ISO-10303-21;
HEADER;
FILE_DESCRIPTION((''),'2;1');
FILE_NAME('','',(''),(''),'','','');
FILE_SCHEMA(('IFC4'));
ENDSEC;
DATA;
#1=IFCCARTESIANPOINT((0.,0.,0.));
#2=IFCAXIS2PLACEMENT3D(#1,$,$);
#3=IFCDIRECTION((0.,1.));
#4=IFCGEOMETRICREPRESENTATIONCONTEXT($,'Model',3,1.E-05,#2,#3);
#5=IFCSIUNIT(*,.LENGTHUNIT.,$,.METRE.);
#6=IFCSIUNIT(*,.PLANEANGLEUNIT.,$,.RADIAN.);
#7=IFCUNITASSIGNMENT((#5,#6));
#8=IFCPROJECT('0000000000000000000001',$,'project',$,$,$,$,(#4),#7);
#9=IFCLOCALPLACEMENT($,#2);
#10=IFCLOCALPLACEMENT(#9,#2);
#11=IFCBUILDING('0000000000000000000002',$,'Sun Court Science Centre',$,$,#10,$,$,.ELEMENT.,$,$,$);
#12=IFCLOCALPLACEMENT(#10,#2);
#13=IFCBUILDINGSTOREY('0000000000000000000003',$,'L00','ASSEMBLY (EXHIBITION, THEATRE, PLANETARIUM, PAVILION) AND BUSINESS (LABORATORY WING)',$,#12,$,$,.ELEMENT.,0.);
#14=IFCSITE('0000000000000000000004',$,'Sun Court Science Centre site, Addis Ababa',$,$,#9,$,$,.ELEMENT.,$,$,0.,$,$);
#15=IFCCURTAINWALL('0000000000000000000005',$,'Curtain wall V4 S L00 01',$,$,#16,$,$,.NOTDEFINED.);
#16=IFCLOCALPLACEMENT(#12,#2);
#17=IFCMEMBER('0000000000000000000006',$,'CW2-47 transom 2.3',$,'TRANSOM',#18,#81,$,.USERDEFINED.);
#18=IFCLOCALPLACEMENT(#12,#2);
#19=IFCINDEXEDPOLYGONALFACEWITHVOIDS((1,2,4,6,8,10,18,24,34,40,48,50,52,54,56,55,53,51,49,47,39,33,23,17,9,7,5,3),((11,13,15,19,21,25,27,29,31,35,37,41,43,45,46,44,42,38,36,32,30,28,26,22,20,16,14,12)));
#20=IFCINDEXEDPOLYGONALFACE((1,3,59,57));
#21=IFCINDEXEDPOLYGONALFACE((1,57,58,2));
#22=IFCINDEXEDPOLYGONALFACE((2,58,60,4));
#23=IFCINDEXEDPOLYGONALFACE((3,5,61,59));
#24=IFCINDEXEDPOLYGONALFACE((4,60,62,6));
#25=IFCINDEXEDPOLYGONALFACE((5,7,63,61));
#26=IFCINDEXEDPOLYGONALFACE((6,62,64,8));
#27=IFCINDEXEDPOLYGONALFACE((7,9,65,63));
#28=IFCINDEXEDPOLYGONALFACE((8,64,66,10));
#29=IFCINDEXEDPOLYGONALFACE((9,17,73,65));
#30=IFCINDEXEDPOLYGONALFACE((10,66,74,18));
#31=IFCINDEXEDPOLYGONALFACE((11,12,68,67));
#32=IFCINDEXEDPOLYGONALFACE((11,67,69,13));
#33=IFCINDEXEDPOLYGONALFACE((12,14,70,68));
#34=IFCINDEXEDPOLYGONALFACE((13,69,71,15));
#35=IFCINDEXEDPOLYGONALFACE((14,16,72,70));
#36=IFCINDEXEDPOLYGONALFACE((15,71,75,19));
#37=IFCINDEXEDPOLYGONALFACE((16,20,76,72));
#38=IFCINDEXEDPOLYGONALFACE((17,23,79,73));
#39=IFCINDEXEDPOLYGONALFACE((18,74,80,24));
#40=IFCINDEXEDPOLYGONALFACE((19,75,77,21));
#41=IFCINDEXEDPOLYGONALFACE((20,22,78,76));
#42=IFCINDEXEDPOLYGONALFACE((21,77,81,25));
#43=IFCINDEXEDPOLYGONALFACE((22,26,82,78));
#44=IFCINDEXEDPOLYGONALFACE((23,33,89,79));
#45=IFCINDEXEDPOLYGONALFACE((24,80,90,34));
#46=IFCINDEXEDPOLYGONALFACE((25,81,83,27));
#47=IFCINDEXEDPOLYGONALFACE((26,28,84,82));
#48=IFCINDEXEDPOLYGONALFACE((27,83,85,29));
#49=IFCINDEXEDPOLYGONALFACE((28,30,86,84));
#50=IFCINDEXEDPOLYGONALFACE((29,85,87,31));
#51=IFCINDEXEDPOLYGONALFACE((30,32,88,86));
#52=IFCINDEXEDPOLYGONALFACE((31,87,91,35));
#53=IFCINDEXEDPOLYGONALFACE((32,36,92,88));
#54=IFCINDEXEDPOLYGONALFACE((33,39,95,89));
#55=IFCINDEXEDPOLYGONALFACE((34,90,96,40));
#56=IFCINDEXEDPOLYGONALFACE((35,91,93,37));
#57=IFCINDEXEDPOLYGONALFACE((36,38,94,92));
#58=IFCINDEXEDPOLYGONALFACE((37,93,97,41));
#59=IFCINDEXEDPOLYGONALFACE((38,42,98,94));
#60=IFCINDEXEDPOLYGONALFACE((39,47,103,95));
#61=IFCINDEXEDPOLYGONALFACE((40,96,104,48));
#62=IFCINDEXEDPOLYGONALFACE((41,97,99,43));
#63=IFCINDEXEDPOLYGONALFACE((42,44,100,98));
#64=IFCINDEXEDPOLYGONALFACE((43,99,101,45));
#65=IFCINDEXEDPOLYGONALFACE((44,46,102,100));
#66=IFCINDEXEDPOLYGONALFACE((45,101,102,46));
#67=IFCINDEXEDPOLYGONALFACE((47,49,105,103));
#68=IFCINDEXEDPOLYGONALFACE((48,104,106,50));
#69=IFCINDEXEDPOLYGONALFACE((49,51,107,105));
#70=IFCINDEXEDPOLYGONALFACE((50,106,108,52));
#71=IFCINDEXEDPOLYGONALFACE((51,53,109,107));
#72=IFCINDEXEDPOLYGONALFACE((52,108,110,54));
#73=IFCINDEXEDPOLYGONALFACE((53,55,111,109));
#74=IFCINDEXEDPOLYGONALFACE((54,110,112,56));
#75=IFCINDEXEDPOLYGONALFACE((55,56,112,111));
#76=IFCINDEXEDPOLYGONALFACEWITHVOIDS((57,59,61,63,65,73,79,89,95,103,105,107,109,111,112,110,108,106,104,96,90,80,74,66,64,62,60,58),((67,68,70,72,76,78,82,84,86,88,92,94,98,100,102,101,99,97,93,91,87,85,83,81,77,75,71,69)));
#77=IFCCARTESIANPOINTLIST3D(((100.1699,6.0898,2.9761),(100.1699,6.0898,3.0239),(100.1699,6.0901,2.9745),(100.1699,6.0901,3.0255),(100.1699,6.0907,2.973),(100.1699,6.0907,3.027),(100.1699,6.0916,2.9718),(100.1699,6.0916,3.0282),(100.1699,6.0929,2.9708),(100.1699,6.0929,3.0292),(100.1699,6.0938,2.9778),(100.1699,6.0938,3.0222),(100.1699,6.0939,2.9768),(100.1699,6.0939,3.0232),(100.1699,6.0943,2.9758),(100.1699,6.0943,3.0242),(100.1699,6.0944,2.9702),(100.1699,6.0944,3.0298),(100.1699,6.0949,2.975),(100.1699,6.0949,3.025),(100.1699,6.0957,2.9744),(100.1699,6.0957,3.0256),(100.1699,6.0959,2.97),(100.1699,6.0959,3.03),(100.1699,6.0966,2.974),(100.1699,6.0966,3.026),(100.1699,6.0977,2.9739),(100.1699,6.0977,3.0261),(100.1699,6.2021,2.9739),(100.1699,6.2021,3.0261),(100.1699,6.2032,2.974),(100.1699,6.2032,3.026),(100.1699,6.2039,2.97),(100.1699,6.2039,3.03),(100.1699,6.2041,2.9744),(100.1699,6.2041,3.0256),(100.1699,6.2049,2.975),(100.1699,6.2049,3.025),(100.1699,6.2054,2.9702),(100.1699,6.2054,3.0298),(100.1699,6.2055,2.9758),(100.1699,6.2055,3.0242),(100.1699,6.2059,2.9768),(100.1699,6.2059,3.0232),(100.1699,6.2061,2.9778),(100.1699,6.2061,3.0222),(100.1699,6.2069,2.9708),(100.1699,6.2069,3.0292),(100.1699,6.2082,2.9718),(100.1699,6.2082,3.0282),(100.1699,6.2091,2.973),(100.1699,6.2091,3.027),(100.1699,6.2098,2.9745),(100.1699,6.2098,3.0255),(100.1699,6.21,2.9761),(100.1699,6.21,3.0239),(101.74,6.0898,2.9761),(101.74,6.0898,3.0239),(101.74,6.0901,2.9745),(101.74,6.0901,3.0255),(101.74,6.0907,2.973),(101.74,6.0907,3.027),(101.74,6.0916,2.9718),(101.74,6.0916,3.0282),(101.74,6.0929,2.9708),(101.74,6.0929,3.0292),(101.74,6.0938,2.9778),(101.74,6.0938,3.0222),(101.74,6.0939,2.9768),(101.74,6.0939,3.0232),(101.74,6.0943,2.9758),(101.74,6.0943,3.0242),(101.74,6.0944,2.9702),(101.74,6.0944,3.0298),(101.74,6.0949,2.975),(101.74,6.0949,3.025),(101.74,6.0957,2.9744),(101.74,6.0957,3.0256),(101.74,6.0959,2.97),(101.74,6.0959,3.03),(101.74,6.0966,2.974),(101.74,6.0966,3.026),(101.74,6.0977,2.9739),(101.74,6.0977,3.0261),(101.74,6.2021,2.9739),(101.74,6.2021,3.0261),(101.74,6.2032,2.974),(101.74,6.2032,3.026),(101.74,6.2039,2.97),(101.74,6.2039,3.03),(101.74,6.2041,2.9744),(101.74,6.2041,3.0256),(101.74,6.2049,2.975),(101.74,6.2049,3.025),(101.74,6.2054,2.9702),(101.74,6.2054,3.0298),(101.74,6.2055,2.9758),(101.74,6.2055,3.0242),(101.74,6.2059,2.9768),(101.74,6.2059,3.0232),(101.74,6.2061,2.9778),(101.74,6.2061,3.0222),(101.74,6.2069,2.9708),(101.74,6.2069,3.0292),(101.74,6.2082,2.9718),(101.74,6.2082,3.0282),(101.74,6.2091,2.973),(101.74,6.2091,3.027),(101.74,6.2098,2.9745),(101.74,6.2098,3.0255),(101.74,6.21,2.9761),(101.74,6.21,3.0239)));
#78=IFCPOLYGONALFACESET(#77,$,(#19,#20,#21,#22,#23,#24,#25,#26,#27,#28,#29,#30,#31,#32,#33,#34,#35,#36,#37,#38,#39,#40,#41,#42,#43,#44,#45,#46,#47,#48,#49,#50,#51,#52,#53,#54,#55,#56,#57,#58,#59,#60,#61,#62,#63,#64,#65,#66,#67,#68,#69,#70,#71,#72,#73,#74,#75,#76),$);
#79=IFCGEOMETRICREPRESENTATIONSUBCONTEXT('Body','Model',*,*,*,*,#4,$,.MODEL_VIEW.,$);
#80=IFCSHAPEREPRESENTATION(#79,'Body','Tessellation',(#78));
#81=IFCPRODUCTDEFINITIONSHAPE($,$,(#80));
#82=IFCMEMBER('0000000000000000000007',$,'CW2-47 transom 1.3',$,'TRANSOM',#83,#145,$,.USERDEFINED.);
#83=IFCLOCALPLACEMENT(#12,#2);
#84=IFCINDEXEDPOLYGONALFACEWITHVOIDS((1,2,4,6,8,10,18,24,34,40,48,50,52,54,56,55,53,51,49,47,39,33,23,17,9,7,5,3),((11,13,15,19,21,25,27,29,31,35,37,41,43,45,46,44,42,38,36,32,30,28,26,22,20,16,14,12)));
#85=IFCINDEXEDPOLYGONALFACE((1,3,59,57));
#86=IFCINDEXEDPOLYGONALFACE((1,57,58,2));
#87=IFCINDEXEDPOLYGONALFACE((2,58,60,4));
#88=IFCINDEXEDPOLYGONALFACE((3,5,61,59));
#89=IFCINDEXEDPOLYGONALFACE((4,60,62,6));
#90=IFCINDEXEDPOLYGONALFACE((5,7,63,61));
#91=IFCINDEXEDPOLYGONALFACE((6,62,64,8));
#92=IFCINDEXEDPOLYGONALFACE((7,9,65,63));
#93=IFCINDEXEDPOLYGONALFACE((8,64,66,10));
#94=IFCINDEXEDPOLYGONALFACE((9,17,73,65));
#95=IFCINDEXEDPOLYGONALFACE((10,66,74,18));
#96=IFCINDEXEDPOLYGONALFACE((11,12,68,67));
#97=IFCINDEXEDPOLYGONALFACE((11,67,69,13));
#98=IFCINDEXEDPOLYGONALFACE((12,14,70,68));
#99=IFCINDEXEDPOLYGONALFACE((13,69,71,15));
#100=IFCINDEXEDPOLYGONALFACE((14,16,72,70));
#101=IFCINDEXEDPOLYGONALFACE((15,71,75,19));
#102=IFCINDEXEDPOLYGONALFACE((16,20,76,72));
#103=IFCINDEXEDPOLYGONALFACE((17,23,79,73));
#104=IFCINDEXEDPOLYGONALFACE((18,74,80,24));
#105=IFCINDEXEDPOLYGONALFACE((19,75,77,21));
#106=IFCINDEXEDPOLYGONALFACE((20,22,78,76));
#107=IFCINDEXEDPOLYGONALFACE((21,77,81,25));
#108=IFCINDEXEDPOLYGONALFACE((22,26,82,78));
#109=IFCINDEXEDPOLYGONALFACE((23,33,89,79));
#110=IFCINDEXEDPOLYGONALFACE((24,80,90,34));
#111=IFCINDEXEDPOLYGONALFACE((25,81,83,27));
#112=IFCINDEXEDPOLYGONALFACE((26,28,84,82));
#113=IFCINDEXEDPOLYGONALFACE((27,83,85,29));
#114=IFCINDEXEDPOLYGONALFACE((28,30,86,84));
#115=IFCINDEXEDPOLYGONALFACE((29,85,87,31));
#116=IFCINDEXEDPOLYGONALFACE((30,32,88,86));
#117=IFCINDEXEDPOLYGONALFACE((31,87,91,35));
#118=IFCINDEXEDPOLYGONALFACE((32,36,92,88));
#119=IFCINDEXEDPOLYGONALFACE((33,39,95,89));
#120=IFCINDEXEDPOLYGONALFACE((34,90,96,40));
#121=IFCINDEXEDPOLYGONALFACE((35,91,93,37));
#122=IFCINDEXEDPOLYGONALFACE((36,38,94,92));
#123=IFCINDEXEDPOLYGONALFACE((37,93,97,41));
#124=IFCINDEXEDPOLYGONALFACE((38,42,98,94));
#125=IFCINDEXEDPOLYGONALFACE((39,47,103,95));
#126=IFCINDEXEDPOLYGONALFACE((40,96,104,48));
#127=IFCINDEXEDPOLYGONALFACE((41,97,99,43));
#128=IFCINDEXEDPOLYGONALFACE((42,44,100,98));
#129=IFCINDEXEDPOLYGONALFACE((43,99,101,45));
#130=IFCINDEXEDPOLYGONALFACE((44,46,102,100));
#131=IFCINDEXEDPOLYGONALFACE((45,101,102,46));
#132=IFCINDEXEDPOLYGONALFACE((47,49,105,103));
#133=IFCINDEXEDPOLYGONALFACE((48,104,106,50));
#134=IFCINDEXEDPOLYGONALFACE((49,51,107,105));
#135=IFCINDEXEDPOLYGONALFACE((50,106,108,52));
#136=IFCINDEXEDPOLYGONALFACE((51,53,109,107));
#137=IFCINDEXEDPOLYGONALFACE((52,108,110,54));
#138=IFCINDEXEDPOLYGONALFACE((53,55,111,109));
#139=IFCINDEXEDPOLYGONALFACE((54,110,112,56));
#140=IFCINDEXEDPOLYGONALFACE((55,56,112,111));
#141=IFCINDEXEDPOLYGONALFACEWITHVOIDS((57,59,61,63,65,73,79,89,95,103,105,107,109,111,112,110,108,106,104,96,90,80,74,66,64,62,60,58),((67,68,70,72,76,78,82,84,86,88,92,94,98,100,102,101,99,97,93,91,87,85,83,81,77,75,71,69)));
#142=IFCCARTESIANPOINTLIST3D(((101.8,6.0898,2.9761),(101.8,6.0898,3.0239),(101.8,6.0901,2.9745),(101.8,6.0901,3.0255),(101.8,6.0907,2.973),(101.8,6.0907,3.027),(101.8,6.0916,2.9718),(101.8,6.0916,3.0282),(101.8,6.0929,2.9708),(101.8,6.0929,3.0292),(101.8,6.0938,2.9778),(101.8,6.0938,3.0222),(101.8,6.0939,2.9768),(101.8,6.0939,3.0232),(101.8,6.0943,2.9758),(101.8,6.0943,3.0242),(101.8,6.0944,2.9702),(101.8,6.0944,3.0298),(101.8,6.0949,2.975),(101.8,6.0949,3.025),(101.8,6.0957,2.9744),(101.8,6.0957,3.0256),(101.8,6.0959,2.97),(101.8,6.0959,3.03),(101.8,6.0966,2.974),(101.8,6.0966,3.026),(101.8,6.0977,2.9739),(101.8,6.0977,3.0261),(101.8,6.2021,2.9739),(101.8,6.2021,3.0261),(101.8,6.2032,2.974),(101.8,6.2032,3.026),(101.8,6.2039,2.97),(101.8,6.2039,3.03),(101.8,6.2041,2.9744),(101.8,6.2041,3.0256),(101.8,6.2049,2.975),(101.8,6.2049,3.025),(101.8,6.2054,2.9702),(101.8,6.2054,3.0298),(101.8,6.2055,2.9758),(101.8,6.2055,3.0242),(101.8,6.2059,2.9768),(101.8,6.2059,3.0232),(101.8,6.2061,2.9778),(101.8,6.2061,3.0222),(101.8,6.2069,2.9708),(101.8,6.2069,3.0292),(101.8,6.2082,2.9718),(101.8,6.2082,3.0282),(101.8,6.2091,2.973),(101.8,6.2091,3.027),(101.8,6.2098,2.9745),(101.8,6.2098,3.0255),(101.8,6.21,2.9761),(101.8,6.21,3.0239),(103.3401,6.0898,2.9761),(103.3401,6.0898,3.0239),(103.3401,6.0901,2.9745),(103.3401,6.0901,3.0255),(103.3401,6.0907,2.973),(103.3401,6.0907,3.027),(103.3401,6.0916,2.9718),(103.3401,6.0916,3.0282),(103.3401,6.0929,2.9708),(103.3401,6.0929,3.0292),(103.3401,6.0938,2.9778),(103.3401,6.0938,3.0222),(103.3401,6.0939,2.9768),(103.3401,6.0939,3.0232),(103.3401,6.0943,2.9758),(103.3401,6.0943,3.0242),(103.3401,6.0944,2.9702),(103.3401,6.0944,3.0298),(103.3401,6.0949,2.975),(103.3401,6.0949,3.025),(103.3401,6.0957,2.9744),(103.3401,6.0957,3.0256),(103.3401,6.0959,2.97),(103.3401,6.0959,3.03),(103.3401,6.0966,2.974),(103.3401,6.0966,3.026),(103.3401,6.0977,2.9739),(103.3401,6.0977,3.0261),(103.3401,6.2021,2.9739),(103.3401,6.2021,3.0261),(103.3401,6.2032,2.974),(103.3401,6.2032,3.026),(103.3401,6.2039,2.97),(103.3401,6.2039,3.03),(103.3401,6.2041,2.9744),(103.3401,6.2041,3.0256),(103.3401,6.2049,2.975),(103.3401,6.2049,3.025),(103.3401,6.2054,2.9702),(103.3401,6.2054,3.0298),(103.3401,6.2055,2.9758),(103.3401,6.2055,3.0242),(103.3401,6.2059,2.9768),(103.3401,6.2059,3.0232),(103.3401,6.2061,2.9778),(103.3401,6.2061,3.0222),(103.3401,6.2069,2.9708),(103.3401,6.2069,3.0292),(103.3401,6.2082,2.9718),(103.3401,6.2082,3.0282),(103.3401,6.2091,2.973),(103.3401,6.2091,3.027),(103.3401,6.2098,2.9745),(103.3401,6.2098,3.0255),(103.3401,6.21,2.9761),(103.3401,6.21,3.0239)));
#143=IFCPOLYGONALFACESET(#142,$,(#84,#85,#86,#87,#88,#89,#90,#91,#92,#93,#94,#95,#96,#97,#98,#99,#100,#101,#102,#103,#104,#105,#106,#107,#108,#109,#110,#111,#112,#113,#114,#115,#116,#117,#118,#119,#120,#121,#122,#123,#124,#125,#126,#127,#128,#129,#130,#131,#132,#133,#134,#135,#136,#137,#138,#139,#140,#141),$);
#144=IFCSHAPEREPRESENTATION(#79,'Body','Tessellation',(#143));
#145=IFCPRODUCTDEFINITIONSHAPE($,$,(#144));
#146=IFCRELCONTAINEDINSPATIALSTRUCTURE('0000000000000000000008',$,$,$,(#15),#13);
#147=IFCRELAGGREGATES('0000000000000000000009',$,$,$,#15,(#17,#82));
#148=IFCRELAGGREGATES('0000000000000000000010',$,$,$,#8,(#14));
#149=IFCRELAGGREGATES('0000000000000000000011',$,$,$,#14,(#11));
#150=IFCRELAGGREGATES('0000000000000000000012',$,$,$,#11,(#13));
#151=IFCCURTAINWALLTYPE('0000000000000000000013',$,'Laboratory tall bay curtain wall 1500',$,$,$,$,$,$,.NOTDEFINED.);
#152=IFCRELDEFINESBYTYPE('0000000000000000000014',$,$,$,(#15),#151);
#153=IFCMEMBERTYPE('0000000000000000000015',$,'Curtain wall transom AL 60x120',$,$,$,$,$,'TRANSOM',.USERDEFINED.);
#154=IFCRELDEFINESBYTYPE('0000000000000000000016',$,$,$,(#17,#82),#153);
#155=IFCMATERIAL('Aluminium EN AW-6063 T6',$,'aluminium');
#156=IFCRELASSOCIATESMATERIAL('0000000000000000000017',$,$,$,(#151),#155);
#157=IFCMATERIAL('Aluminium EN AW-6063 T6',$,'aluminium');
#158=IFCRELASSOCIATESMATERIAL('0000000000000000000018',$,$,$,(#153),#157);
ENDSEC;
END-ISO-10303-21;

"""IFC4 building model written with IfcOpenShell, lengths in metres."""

from ifc_helpers import new_model, si_unit, direction, frame, origin, origin_2d, place, context, subcontext, project, spatial, hollow_rectangle, extrude, material, material_profile, profile_set, type_object, element, aggregate, save


model = new_model("IFC4")

# Units and contexts
model_context = context("Model", 3, precision=1e-05, world=origin(), true_north=direction((0.0, 1.0)))
body_context = subcontext(model_context, "Body", "Model", "MODEL_VIEW")
ifc_project = project(units=[si_unit("LENGTHUNIT", "METRE"), si_unit("PLANEANGLEUNIT", "RADIAN")], contexts=[model_context])

# Site, building, storey
site_placement = place(None, origin())
site = spatial("IfcSite", under=ifc_project, at=site_placement, Name="Sun Court Science Centre site, Addis Ababa", CompositionType="ELEMENT", RefElevation=0.0)
building_placement = place(site_placement, origin())
building = spatial("IfcBuilding", under=site, at=building_placement, Name="Sun Court Science Centre", CompositionType="ELEMENT")
storey_placement = place(building_placement, origin())
storey = spatial("IfcBuildingStorey", under=building, at=storey_placement, Name="L00", Description="ASSEMBLY (EXHIBITION, THEATRE, PLANETARIUM, PAVILION) AND BUSINESS (LABORATORY WING)", CompositionType="ELEMENT", Elevation=0.0)

# Curtain wall, members
ifc_material_1 = material(Name="Aluminium EN AW-6063 T6", Category="aluminium")
curtain_wall_type = type_object("IfcCurtainWallType", Name="Laboratory tall bay curtain wall 1500", PredefinedType="NOTDEFINED", material=ifc_material_1)
curtain_wall_placement = place(storey_placement, origin())
curtain_wall = element("IfcCurtainWall", 1, at=curtain_wall_placement, inside=storey, type_object=curtain_wall_type, Name="Curtain wall V4 S L00 01", PredefinedType="NOTDEFINED")
ifc_material_2 = material(Name="Aluminium EN AW-6063 T6", Category="aluminium")
ifc_material_profile_1 = material_profile(ifc_material_2, hollow_rectangle(XDim=0.0601, YDim=0.1201, WallThickness=0.0039, InnerFilletRadius=0.0039, OuterFilletRadius=0.0061, at=origin_2d()), Name="AL 60x120x4")
ifc_profile_set_1 = profile_set([ifc_material_profile_1], Name="Aluminium EN AW-6063 T6")
member_type_1 = type_object("IfcMemberType", Name="Curtain wall transom AL 60x120", ElementType="TRANSOM", PredefinedType="USERDEFINED", material=ifc_profile_set_1)
member_1_placement = place(storey_placement, frame((101.74, 6.1499, 3.0), z_axis=(-1.0, 0.0, 0.0), x_axis=(0.0, 0.0, 1.0)))
member_1 = element("IfcMember", 2, at=member_1_placement, type_object=member_type_1, Name="CW2-47 transom 2.3", ObjectType="TRANSOM", PredefinedType="USERDEFINED", context=body_context, shape_type="SweptSolid", body=[
    extrude(hollow_rectangle(XDim=0.0601, YDim=0.1201, WallThickness=0.0039, InnerFilletRadius=0.0039, OuterFilletRadius=0.0061, at=origin_2d()), origin(), (0.0, 0.0, 1.0), 1.5701),
])
member_2_placement = place(storey_placement, frame((103.3401, 6.1499, 3.0), z_axis=(-1.0, 0.0, 0.0), x_axis=(0.0, 0.0, 1.0)))
member_2 = element("IfcMember", 3, at=member_2_placement, type_object=member_type_1, Name="CW2-47 transom 1.3", ObjectType="TRANSOM", PredefinedType="USERDEFINED", context=body_context, shape_type="SweptSolid", body=[
    extrude(hollow_rectangle(XDim=0.0601, YDim=0.1201, WallThickness=0.0039, InnerFilletRadius=0.0039, OuterFilletRadius=0.0061, at=origin_2d()), origin(), (0.0, 0.0, 1.0), 1.54),
])
aggregate(curtain_wall, [member_1, member_2])

save(model, "model.ifc")
